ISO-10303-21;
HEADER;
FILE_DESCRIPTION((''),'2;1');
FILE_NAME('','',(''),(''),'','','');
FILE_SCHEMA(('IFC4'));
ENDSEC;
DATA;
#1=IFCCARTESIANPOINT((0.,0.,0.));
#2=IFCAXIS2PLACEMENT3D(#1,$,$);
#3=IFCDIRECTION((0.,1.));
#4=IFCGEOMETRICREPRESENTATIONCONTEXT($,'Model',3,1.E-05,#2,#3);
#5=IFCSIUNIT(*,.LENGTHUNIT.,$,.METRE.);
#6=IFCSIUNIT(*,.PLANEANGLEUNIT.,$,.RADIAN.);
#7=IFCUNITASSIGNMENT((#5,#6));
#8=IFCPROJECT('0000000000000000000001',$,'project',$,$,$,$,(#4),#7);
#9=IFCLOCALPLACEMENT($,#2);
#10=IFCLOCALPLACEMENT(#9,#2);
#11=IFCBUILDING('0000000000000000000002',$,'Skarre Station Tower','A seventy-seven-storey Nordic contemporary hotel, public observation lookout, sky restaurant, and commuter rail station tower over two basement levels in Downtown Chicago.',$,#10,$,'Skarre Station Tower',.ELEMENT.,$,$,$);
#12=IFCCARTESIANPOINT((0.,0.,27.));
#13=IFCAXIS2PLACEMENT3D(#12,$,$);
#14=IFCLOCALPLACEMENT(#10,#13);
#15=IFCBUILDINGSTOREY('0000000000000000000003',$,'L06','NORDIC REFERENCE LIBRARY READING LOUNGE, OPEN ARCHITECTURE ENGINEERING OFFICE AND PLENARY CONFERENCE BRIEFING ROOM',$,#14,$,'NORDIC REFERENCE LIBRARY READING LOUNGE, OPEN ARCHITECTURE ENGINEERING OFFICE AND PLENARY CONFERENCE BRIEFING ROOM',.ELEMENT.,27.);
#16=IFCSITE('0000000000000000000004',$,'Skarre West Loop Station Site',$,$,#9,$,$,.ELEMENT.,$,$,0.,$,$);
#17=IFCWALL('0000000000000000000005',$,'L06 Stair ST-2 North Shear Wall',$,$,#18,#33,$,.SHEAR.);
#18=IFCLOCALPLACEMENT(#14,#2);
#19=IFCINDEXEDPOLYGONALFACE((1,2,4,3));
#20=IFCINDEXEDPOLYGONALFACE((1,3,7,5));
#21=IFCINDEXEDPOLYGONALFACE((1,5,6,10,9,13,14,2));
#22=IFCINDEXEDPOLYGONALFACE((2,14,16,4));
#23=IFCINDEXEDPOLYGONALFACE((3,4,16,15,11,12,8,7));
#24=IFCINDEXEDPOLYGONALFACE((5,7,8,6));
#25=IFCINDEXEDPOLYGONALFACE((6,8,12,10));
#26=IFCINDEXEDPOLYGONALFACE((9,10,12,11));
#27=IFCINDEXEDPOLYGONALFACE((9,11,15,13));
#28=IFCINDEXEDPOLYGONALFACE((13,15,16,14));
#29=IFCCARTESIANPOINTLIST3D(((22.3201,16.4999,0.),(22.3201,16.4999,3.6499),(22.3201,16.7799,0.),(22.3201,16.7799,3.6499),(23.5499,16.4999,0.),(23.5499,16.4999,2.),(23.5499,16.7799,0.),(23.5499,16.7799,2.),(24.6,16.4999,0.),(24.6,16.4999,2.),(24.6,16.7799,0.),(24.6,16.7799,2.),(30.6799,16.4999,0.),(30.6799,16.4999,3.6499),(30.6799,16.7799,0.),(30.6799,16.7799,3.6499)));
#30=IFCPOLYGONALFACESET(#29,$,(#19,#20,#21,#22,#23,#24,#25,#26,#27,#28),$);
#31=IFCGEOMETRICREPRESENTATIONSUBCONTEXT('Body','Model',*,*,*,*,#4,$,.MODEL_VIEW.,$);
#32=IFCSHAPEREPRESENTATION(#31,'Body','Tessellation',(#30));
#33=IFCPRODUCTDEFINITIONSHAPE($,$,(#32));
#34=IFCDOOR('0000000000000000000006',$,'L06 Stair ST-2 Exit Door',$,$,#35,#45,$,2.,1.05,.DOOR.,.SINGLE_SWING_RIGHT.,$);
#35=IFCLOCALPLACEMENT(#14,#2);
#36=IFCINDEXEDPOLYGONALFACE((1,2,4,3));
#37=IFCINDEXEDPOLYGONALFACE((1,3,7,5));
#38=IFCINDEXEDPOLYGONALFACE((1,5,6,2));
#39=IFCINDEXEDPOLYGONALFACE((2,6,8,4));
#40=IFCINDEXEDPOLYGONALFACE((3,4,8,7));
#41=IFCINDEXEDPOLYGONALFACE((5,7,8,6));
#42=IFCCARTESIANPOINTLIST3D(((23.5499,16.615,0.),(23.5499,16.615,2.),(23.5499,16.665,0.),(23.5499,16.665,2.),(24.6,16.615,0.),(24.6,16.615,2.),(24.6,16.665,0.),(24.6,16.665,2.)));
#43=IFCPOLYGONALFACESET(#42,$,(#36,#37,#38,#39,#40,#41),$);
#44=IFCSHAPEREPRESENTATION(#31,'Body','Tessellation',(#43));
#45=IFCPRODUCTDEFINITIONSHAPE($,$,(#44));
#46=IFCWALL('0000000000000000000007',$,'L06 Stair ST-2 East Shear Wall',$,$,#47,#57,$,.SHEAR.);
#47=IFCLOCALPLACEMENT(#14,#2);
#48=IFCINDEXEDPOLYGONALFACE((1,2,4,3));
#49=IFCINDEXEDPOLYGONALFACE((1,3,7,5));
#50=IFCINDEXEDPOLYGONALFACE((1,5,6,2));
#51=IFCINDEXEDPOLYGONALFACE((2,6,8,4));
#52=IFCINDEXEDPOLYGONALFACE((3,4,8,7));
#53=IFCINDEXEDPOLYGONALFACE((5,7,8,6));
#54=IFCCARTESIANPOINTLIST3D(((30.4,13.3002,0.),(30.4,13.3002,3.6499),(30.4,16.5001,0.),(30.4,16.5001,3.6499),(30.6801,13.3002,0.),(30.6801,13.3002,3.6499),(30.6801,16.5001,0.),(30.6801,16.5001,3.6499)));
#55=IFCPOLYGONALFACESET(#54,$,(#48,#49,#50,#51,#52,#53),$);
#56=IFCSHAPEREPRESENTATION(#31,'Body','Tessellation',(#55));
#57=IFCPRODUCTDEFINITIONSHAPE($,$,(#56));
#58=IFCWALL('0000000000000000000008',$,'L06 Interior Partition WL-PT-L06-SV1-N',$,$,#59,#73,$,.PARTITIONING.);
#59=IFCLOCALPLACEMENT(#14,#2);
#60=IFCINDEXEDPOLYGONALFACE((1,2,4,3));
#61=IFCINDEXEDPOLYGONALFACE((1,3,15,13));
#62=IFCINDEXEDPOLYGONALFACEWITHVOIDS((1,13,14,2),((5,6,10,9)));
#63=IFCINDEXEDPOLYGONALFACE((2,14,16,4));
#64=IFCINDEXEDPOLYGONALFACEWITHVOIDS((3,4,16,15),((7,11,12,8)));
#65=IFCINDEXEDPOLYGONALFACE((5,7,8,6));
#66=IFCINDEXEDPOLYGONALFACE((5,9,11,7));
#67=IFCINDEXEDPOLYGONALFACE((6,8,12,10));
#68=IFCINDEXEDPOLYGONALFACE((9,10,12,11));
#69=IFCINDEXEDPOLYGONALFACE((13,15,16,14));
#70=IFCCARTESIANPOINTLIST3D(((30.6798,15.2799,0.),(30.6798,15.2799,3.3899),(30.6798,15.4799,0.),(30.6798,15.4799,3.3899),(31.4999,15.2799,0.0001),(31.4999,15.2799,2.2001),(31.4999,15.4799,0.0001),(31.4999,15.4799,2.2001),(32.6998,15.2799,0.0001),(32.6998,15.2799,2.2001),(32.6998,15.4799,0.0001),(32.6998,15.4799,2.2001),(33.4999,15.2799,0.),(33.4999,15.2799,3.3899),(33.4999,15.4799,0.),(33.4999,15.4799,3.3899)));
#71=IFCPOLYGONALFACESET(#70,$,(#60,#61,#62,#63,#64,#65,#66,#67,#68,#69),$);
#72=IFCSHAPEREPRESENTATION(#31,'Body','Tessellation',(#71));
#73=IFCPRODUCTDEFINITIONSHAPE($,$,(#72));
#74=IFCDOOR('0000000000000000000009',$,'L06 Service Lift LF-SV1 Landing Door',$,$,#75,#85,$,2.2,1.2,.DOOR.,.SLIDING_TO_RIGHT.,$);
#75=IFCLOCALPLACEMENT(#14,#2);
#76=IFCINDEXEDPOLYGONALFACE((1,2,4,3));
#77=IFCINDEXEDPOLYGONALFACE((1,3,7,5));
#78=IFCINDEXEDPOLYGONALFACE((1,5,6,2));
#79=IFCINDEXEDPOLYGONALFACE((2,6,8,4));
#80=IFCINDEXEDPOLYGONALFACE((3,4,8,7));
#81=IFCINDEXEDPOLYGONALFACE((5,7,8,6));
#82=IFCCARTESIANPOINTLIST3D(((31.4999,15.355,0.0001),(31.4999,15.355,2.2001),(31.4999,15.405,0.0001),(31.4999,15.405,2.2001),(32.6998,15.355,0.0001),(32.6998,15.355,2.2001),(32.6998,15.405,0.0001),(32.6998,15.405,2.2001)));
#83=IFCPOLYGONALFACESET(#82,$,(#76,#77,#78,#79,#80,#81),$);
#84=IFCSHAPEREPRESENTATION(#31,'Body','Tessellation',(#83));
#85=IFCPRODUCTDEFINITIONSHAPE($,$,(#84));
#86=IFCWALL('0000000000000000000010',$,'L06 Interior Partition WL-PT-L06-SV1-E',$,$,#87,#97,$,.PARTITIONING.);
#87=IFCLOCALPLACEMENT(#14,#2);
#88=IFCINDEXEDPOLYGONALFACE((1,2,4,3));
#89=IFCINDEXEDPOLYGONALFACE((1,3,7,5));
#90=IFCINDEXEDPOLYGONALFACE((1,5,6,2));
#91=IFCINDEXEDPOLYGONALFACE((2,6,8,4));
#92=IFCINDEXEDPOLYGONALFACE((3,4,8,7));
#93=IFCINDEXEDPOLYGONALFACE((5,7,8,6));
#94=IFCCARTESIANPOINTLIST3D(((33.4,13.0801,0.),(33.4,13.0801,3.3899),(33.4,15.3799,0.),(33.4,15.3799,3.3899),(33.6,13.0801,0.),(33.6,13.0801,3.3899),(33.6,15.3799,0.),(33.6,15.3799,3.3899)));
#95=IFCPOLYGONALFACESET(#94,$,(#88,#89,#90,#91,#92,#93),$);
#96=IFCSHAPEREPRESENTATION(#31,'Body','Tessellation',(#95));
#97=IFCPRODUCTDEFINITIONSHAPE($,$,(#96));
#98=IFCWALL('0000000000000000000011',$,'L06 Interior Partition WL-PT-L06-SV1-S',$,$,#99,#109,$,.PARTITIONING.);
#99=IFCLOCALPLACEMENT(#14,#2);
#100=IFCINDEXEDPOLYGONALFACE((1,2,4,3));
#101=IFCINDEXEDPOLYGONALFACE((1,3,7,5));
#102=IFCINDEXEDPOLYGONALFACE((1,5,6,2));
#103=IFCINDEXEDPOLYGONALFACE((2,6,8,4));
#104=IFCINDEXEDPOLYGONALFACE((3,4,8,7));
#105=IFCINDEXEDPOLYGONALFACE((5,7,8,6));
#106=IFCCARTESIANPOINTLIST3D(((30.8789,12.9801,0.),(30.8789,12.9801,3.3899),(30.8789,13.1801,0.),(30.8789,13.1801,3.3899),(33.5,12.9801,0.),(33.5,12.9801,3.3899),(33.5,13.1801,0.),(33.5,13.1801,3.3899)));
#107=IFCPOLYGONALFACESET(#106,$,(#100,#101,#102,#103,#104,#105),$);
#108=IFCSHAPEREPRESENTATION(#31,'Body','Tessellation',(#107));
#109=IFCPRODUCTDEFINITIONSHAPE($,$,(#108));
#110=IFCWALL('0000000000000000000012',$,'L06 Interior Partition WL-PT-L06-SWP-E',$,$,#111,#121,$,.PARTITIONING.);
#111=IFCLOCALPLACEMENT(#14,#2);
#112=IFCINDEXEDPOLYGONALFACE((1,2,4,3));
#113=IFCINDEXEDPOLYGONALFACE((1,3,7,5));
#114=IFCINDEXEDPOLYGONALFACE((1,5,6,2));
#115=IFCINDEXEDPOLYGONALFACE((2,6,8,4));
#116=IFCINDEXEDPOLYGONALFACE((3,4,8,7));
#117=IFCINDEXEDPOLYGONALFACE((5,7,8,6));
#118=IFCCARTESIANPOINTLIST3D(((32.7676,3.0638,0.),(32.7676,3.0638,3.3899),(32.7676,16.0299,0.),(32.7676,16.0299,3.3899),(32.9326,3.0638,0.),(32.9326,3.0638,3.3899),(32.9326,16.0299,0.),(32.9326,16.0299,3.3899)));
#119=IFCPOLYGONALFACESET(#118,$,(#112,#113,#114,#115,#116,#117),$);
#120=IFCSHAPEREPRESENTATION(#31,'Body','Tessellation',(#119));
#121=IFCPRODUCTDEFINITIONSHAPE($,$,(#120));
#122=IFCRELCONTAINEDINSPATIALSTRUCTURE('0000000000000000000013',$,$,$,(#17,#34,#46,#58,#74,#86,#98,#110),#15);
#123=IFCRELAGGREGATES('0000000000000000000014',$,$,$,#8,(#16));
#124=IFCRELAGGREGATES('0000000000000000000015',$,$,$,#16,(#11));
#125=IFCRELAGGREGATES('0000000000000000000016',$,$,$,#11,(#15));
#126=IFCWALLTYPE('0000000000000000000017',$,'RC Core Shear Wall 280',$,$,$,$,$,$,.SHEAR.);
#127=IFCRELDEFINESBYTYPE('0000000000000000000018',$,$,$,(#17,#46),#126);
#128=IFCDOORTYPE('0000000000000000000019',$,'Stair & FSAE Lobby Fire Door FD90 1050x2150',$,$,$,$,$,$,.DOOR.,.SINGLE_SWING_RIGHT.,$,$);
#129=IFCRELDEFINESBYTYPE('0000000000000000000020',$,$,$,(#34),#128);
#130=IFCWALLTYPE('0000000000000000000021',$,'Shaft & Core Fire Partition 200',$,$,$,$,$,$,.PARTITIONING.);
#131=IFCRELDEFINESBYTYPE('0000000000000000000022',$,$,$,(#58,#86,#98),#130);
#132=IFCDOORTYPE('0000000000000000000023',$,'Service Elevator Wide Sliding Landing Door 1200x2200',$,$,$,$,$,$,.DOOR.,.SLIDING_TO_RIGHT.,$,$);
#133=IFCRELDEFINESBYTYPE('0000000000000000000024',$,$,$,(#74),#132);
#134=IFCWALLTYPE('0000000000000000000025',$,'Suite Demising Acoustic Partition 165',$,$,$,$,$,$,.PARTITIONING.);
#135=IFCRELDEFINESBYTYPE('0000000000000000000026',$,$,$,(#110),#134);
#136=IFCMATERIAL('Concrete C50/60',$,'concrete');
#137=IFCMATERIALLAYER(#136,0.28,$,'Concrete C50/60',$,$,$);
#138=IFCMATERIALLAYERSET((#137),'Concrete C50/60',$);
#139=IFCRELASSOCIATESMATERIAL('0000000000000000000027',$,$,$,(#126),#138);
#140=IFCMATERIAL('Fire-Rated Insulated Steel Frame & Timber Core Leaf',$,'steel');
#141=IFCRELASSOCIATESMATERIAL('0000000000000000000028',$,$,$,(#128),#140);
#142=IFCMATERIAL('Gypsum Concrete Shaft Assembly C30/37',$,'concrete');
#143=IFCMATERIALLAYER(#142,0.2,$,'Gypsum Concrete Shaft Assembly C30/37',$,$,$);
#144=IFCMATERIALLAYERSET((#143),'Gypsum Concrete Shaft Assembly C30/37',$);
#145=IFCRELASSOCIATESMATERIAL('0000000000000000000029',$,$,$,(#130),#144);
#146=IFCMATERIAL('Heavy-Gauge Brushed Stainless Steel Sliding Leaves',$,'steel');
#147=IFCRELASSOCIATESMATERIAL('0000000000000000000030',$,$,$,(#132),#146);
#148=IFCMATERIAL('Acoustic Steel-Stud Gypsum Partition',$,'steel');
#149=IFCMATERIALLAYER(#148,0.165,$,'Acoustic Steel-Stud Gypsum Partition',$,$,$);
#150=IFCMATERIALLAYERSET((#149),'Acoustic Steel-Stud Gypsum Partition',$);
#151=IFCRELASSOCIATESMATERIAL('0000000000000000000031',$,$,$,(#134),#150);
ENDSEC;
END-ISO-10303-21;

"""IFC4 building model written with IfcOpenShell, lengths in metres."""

from ifc_helpers import new_model, si_unit, direction, frame, frame_2d, origin, place, context, subcontext, project, spatial, rectangle, extrude, material, layer, layer_set, type_object, element, fill, save


model = new_model("IFC4")

# Units and contexts
model_context = context("Model", 3, precision=1e-05, world=origin(), true_north=direction((0.0, 1.0)))
body_context = subcontext(model_context, "Body", "Model", "MODEL_VIEW")
ifc_project = project(units=[si_unit("LENGTHUNIT", "METRE"), si_unit("PLANEANGLEUNIT", "RADIAN")], contexts=[model_context])

# Site, building, storey
site_placement = place(None, origin())
site = spatial("IfcSite", under=ifc_project, at=site_placement, Name="Skarre West Loop Station Site", CompositionType="ELEMENT", RefElevation=0.0)
building_placement = place(site_placement, origin())
building = spatial("IfcBuilding", under=site, at=building_placement, Name="Skarre Station Tower", Description="A seventy-seven-storey Nordic contemporary hotel, public observation lookout, sky restaurant, and commuter rail station tower over two basement levels in Downtown Chicago.", LongName="Skarre Station Tower", CompositionType="ELEMENT")
storey_placement = place(building_placement, frame((0.0, 0.0, 27.0)))
storey = spatial("IfcBuildingStorey", under=building, at=storey_placement, Name="L06", Description="NORDIC REFERENCE LIBRARY READING LOUNGE, OPEN ARCHITECTURE ENGINEERING OFFICE AND PLENARY CONFERENCE BRIEFING ROOM", LongName="NORDIC REFERENCE LIBRARY READING LOUNGE, OPEN ARCHITECTURE ENGINEERING OFFICE AND PLENARY CONFERENCE BRIEFING ROOM", CompositionType="ELEMENT", Elevation=27.0)

# Shared definitions
ifc_material_1 = material(Name="Acoustic Steel-Stud Gypsum Partition", Category="steel")

# Wall, opening, door
ifc_material_2 = material(Name="Concrete C50/60", Category="concrete")
ifc_layer_1 = layer(ifc_material_2, 0.28, Name="Concrete C50/60")
ifc_layer_set_1 = layer_set([ifc_layer_1], Name="Concrete C50/60")
wall_type_1 = type_object("IfcWallType", Name="RC Core Shear Wall 280", PredefinedType="SHEAR", material=ifc_layer_set_1)
wall_1_placement = place(storey_placement, frame((30.6799, 16.6399, 0.0), z_axis=(0.0, 0.0, 1.0), x_axis=(-1.0, 0.0, 0.0)))
wall_1 = element("IfcWall", 1, at=wall_1_placement, inside=storey, type_object=wall_type_1, Name="L06 Stair ST-2 North Shear Wall", PredefinedType="SHEAR", context=body_context, shape_type="SweptSolid", body=[
    extrude(rectangle(XDim=8.3599, YDim=0.28, at=frame_2d((4.1799, 0.0))), origin(), (0.0, 0.0, 1.0), 3.6499),
])
opening_1_placement = place(wall_1_placement, frame((6.0801, 0.0, 0.0)))
opening_1 = element("IfcOpeningElement", 2, at=opening_1_placement, cuts=wall_1, PredefinedType="OPENING", context=body_context, shape_type="SweptSolid", body=[
    extrude(rectangle(XDim=1.05, YDim=2.0, at=frame_2d((0.5249, 1.0))), frame((0.0, 0.1499, 0.0), z_axis=(0.0, -1.0, 0.0), x_axis=(1.0, 0.0, 0.0)), (0.0, 0.0, 1.0), 0.3),
])
ifc_material_3 = material(Name="Fire-Rated Insulated Steel Frame & Timber Core Leaf", Category="steel")
door_type_1 = type_object("IfcDoorType", Name="Stair & FSAE Lobby Fire Door FD90 1050x2150", OperationType="SINGLE_SWING_RIGHT", PredefinedType="DOOR", material=ifc_material_3)
door_1_placement = place(opening_1_placement, origin())
door_1 = element("IfcDoor", 3, at=door_1_placement, inside=storey, type_object=door_type_1, Name="L06 Stair ST-2 Exit Door", OperationType="SINGLE_SWING_RIGHT", OverallHeight=2.0, OverallWidth=1.05, PredefinedType="DOOR", context=body_context, shape_type="SweptSolid", body=[
    extrude(rectangle(XDim=1.05, YDim=2.0, at=frame_2d((0.5249, 1.0))), frame((0.0, 0.0249, 0.0), z_axis=(0.0, -1.0, 0.0), x_axis=(1.0, 0.0, 0.0)), (0.0, 0.0, 1.0), 0.05),
])
fill(opening_1, door_1)

# Wall
wall_2_placement = place(storey_placement, frame((30.54, 13.3, 0.0), z_axis=(0.0, 0.0, 1.0), x_axis=(0.0, 1.0, 0.0)))
element("IfcWall", 4, at=wall_2_placement, inside=storey, type_object=wall_type_1, Name="L06 Stair ST-2 East Shear Wall", PredefinedType="SHEAR", context=body_context, shape_type="SweptSolid", body=[
    extrude(rectangle(XDim=3.2, YDim=0.28, at=frame_2d((1.6001, 0.0))), origin(), (0.0, 0.0, 1.0), 3.6499),
])

# Wall, opening, door
ifc_material_4 = material(Name="Gypsum Concrete Shaft Assembly C30/37", Category="concrete")
ifc_layer_2 = layer(ifc_material_4, 0.2, Name="Gypsum Concrete Shaft Assembly C30/37")
ifc_layer_set_2 = layer_set([ifc_layer_2], Name="Gypsum Concrete Shaft Assembly C30/37")
wall_type_2 = type_object("IfcWallType", Name="Shaft & Core Fire Partition 200", PredefinedType="PARTITIONING", material=ifc_layer_set_2)
wall_3_placement = place(storey_placement, frame((33.5, 15.3799, 0.0), z_axis=(0.0, 0.0, 1.0), x_axis=(-1.0, 0.0, 0.0)))
wall_3 = element("IfcWall", 5, at=wall_3_placement, inside=storey, type_object=wall_type_2, Name="L06 Interior Partition WL-PT-L06-SV1-N", PredefinedType="PARTITIONING", context=body_context, shape_type="SweptSolid", body=[
    extrude(rectangle(XDim=2.8201, YDim=0.2, at=frame_2d((1.4102, 0.0))), origin(), (0.0, 0.0, 1.0), 3.3899),
])
opening_2_placement = place(wall_3_placement, frame((0.8, 0.0, 0.0)))
opening_2 = element("IfcOpeningElement", 6, at=opening_2_placement, cuts=wall_3, PredefinedType="OPENING", context=body_context, shape_type="SweptSolid", body=[
    extrude(rectangle(XDim=1.2, YDim=2.2, at=frame_2d((0.6001, 1.1001))), frame((0.0, 0.1099, 0.0), z_axis=(0.0, -1.0, 0.0), x_axis=(1.0, 0.0, 0.0)), (0.0, 0.0, 1.0), 0.22),
])
ifc_material_5 = material(Name="Heavy-Gauge Brushed Stainless Steel Sliding Leaves", Category="steel")
door_type_2 = type_object("IfcDoorType", Name="Service Elevator Wide Sliding Landing Door 1200x2200", OperationType="SLIDING_TO_RIGHT", PredefinedType="DOOR", material=ifc_material_5)
door_2_placement = place(opening_2_placement, origin())
door_2 = element("IfcDoor", 7, at=door_2_placement, inside=storey, type_object=door_type_2, Name="L06 Service Lift LF-SV1 Landing Door", OperationType="SLIDING_TO_RIGHT", OverallHeight=2.2, OverallWidth=1.2, PredefinedType="DOOR", context=body_context, shape_type="SweptSolid", body=[
    extrude(rectangle(XDim=1.2, YDim=2.2, at=frame_2d((0.6001, 1.1001))), frame((0.0, 0.0249, 0.0), z_axis=(0.0, -1.0, 0.0), x_axis=(1.0, 0.0, 0.0)), (0.0, 0.0, 1.0), 0.05),
])
fill(opening_2, door_2)

# Walls
wall_4_placement = place(storey_placement, frame((33.5, 13.0801, 0.0), z_axis=(0.0, 0.0, 1.0), x_axis=(0.0, 1.0, 0.0)))
element("IfcWall", 8, at=wall_4_placement, inside=storey, type_object=wall_type_2, Name="L06 Interior Partition WL-PT-L06-SV1-E", PredefinedType="PARTITIONING", context=body_context, shape_type="SweptSolid", body=[
    extrude(rectangle(XDim=2.2998, YDim=0.2, at=frame_2d((1.1499, 0.0))), origin(), (0.0, 0.0, 1.0), 3.3899),
])
wall_5_placement = place(storey_placement, frame((30.8789, 13.0801, 0.0), z_axis=(0.0, 0.0, 1.0), x_axis=(1.0, 0.0, 0.0)))
element("IfcWall", 9, at=wall_5_placement, inside=storey, type_object=wall_type_2, Name="L06 Interior Partition WL-PT-L06-SV1-S", PredefinedType="PARTITIONING", context=body_context, shape_type="SweptSolid", body=[
    extrude(rectangle(XDim=2.6211, YDim=0.2, at=frame_2d((1.3105, 0.0))), origin(), (0.0, 0.0, 1.0), 3.3899),
])
ifc_layer_3 = layer(ifc_material_1, 0.165, Name="Acoustic Steel-Stud Gypsum Partition")
ifc_layer_set_3 = layer_set([ifc_layer_3], Name="Acoustic Steel-Stud Gypsum Partition")
wall_type_3 = type_object("IfcWallType", Name="Suite Demising Acoustic Partition 165", PredefinedType="PARTITIONING", material=ifc_layer_set_3)
wall_6_placement = place(storey_placement, frame((32.8501, 3.064, 0.0), z_axis=(0.0, 0.0, 1.0), x_axis=(0.0, 1.0, 0.0)))
element("IfcWall", 10, at=wall_6_placement, inside=storey, type_object=wall_type_3, Name="L06 Interior Partition WL-PT-L06-SWP-E", PredefinedType="PARTITIONING", context=body_context, shape_type="SweptSolid", body=[
    extrude(rectangle(XDim=12.9661, YDim=0.165, at=frame_2d((6.4829, 0.0))), origin(), (0.0, 0.0, 1.0), 3.3899),
])

save(model, "model.ifc")
